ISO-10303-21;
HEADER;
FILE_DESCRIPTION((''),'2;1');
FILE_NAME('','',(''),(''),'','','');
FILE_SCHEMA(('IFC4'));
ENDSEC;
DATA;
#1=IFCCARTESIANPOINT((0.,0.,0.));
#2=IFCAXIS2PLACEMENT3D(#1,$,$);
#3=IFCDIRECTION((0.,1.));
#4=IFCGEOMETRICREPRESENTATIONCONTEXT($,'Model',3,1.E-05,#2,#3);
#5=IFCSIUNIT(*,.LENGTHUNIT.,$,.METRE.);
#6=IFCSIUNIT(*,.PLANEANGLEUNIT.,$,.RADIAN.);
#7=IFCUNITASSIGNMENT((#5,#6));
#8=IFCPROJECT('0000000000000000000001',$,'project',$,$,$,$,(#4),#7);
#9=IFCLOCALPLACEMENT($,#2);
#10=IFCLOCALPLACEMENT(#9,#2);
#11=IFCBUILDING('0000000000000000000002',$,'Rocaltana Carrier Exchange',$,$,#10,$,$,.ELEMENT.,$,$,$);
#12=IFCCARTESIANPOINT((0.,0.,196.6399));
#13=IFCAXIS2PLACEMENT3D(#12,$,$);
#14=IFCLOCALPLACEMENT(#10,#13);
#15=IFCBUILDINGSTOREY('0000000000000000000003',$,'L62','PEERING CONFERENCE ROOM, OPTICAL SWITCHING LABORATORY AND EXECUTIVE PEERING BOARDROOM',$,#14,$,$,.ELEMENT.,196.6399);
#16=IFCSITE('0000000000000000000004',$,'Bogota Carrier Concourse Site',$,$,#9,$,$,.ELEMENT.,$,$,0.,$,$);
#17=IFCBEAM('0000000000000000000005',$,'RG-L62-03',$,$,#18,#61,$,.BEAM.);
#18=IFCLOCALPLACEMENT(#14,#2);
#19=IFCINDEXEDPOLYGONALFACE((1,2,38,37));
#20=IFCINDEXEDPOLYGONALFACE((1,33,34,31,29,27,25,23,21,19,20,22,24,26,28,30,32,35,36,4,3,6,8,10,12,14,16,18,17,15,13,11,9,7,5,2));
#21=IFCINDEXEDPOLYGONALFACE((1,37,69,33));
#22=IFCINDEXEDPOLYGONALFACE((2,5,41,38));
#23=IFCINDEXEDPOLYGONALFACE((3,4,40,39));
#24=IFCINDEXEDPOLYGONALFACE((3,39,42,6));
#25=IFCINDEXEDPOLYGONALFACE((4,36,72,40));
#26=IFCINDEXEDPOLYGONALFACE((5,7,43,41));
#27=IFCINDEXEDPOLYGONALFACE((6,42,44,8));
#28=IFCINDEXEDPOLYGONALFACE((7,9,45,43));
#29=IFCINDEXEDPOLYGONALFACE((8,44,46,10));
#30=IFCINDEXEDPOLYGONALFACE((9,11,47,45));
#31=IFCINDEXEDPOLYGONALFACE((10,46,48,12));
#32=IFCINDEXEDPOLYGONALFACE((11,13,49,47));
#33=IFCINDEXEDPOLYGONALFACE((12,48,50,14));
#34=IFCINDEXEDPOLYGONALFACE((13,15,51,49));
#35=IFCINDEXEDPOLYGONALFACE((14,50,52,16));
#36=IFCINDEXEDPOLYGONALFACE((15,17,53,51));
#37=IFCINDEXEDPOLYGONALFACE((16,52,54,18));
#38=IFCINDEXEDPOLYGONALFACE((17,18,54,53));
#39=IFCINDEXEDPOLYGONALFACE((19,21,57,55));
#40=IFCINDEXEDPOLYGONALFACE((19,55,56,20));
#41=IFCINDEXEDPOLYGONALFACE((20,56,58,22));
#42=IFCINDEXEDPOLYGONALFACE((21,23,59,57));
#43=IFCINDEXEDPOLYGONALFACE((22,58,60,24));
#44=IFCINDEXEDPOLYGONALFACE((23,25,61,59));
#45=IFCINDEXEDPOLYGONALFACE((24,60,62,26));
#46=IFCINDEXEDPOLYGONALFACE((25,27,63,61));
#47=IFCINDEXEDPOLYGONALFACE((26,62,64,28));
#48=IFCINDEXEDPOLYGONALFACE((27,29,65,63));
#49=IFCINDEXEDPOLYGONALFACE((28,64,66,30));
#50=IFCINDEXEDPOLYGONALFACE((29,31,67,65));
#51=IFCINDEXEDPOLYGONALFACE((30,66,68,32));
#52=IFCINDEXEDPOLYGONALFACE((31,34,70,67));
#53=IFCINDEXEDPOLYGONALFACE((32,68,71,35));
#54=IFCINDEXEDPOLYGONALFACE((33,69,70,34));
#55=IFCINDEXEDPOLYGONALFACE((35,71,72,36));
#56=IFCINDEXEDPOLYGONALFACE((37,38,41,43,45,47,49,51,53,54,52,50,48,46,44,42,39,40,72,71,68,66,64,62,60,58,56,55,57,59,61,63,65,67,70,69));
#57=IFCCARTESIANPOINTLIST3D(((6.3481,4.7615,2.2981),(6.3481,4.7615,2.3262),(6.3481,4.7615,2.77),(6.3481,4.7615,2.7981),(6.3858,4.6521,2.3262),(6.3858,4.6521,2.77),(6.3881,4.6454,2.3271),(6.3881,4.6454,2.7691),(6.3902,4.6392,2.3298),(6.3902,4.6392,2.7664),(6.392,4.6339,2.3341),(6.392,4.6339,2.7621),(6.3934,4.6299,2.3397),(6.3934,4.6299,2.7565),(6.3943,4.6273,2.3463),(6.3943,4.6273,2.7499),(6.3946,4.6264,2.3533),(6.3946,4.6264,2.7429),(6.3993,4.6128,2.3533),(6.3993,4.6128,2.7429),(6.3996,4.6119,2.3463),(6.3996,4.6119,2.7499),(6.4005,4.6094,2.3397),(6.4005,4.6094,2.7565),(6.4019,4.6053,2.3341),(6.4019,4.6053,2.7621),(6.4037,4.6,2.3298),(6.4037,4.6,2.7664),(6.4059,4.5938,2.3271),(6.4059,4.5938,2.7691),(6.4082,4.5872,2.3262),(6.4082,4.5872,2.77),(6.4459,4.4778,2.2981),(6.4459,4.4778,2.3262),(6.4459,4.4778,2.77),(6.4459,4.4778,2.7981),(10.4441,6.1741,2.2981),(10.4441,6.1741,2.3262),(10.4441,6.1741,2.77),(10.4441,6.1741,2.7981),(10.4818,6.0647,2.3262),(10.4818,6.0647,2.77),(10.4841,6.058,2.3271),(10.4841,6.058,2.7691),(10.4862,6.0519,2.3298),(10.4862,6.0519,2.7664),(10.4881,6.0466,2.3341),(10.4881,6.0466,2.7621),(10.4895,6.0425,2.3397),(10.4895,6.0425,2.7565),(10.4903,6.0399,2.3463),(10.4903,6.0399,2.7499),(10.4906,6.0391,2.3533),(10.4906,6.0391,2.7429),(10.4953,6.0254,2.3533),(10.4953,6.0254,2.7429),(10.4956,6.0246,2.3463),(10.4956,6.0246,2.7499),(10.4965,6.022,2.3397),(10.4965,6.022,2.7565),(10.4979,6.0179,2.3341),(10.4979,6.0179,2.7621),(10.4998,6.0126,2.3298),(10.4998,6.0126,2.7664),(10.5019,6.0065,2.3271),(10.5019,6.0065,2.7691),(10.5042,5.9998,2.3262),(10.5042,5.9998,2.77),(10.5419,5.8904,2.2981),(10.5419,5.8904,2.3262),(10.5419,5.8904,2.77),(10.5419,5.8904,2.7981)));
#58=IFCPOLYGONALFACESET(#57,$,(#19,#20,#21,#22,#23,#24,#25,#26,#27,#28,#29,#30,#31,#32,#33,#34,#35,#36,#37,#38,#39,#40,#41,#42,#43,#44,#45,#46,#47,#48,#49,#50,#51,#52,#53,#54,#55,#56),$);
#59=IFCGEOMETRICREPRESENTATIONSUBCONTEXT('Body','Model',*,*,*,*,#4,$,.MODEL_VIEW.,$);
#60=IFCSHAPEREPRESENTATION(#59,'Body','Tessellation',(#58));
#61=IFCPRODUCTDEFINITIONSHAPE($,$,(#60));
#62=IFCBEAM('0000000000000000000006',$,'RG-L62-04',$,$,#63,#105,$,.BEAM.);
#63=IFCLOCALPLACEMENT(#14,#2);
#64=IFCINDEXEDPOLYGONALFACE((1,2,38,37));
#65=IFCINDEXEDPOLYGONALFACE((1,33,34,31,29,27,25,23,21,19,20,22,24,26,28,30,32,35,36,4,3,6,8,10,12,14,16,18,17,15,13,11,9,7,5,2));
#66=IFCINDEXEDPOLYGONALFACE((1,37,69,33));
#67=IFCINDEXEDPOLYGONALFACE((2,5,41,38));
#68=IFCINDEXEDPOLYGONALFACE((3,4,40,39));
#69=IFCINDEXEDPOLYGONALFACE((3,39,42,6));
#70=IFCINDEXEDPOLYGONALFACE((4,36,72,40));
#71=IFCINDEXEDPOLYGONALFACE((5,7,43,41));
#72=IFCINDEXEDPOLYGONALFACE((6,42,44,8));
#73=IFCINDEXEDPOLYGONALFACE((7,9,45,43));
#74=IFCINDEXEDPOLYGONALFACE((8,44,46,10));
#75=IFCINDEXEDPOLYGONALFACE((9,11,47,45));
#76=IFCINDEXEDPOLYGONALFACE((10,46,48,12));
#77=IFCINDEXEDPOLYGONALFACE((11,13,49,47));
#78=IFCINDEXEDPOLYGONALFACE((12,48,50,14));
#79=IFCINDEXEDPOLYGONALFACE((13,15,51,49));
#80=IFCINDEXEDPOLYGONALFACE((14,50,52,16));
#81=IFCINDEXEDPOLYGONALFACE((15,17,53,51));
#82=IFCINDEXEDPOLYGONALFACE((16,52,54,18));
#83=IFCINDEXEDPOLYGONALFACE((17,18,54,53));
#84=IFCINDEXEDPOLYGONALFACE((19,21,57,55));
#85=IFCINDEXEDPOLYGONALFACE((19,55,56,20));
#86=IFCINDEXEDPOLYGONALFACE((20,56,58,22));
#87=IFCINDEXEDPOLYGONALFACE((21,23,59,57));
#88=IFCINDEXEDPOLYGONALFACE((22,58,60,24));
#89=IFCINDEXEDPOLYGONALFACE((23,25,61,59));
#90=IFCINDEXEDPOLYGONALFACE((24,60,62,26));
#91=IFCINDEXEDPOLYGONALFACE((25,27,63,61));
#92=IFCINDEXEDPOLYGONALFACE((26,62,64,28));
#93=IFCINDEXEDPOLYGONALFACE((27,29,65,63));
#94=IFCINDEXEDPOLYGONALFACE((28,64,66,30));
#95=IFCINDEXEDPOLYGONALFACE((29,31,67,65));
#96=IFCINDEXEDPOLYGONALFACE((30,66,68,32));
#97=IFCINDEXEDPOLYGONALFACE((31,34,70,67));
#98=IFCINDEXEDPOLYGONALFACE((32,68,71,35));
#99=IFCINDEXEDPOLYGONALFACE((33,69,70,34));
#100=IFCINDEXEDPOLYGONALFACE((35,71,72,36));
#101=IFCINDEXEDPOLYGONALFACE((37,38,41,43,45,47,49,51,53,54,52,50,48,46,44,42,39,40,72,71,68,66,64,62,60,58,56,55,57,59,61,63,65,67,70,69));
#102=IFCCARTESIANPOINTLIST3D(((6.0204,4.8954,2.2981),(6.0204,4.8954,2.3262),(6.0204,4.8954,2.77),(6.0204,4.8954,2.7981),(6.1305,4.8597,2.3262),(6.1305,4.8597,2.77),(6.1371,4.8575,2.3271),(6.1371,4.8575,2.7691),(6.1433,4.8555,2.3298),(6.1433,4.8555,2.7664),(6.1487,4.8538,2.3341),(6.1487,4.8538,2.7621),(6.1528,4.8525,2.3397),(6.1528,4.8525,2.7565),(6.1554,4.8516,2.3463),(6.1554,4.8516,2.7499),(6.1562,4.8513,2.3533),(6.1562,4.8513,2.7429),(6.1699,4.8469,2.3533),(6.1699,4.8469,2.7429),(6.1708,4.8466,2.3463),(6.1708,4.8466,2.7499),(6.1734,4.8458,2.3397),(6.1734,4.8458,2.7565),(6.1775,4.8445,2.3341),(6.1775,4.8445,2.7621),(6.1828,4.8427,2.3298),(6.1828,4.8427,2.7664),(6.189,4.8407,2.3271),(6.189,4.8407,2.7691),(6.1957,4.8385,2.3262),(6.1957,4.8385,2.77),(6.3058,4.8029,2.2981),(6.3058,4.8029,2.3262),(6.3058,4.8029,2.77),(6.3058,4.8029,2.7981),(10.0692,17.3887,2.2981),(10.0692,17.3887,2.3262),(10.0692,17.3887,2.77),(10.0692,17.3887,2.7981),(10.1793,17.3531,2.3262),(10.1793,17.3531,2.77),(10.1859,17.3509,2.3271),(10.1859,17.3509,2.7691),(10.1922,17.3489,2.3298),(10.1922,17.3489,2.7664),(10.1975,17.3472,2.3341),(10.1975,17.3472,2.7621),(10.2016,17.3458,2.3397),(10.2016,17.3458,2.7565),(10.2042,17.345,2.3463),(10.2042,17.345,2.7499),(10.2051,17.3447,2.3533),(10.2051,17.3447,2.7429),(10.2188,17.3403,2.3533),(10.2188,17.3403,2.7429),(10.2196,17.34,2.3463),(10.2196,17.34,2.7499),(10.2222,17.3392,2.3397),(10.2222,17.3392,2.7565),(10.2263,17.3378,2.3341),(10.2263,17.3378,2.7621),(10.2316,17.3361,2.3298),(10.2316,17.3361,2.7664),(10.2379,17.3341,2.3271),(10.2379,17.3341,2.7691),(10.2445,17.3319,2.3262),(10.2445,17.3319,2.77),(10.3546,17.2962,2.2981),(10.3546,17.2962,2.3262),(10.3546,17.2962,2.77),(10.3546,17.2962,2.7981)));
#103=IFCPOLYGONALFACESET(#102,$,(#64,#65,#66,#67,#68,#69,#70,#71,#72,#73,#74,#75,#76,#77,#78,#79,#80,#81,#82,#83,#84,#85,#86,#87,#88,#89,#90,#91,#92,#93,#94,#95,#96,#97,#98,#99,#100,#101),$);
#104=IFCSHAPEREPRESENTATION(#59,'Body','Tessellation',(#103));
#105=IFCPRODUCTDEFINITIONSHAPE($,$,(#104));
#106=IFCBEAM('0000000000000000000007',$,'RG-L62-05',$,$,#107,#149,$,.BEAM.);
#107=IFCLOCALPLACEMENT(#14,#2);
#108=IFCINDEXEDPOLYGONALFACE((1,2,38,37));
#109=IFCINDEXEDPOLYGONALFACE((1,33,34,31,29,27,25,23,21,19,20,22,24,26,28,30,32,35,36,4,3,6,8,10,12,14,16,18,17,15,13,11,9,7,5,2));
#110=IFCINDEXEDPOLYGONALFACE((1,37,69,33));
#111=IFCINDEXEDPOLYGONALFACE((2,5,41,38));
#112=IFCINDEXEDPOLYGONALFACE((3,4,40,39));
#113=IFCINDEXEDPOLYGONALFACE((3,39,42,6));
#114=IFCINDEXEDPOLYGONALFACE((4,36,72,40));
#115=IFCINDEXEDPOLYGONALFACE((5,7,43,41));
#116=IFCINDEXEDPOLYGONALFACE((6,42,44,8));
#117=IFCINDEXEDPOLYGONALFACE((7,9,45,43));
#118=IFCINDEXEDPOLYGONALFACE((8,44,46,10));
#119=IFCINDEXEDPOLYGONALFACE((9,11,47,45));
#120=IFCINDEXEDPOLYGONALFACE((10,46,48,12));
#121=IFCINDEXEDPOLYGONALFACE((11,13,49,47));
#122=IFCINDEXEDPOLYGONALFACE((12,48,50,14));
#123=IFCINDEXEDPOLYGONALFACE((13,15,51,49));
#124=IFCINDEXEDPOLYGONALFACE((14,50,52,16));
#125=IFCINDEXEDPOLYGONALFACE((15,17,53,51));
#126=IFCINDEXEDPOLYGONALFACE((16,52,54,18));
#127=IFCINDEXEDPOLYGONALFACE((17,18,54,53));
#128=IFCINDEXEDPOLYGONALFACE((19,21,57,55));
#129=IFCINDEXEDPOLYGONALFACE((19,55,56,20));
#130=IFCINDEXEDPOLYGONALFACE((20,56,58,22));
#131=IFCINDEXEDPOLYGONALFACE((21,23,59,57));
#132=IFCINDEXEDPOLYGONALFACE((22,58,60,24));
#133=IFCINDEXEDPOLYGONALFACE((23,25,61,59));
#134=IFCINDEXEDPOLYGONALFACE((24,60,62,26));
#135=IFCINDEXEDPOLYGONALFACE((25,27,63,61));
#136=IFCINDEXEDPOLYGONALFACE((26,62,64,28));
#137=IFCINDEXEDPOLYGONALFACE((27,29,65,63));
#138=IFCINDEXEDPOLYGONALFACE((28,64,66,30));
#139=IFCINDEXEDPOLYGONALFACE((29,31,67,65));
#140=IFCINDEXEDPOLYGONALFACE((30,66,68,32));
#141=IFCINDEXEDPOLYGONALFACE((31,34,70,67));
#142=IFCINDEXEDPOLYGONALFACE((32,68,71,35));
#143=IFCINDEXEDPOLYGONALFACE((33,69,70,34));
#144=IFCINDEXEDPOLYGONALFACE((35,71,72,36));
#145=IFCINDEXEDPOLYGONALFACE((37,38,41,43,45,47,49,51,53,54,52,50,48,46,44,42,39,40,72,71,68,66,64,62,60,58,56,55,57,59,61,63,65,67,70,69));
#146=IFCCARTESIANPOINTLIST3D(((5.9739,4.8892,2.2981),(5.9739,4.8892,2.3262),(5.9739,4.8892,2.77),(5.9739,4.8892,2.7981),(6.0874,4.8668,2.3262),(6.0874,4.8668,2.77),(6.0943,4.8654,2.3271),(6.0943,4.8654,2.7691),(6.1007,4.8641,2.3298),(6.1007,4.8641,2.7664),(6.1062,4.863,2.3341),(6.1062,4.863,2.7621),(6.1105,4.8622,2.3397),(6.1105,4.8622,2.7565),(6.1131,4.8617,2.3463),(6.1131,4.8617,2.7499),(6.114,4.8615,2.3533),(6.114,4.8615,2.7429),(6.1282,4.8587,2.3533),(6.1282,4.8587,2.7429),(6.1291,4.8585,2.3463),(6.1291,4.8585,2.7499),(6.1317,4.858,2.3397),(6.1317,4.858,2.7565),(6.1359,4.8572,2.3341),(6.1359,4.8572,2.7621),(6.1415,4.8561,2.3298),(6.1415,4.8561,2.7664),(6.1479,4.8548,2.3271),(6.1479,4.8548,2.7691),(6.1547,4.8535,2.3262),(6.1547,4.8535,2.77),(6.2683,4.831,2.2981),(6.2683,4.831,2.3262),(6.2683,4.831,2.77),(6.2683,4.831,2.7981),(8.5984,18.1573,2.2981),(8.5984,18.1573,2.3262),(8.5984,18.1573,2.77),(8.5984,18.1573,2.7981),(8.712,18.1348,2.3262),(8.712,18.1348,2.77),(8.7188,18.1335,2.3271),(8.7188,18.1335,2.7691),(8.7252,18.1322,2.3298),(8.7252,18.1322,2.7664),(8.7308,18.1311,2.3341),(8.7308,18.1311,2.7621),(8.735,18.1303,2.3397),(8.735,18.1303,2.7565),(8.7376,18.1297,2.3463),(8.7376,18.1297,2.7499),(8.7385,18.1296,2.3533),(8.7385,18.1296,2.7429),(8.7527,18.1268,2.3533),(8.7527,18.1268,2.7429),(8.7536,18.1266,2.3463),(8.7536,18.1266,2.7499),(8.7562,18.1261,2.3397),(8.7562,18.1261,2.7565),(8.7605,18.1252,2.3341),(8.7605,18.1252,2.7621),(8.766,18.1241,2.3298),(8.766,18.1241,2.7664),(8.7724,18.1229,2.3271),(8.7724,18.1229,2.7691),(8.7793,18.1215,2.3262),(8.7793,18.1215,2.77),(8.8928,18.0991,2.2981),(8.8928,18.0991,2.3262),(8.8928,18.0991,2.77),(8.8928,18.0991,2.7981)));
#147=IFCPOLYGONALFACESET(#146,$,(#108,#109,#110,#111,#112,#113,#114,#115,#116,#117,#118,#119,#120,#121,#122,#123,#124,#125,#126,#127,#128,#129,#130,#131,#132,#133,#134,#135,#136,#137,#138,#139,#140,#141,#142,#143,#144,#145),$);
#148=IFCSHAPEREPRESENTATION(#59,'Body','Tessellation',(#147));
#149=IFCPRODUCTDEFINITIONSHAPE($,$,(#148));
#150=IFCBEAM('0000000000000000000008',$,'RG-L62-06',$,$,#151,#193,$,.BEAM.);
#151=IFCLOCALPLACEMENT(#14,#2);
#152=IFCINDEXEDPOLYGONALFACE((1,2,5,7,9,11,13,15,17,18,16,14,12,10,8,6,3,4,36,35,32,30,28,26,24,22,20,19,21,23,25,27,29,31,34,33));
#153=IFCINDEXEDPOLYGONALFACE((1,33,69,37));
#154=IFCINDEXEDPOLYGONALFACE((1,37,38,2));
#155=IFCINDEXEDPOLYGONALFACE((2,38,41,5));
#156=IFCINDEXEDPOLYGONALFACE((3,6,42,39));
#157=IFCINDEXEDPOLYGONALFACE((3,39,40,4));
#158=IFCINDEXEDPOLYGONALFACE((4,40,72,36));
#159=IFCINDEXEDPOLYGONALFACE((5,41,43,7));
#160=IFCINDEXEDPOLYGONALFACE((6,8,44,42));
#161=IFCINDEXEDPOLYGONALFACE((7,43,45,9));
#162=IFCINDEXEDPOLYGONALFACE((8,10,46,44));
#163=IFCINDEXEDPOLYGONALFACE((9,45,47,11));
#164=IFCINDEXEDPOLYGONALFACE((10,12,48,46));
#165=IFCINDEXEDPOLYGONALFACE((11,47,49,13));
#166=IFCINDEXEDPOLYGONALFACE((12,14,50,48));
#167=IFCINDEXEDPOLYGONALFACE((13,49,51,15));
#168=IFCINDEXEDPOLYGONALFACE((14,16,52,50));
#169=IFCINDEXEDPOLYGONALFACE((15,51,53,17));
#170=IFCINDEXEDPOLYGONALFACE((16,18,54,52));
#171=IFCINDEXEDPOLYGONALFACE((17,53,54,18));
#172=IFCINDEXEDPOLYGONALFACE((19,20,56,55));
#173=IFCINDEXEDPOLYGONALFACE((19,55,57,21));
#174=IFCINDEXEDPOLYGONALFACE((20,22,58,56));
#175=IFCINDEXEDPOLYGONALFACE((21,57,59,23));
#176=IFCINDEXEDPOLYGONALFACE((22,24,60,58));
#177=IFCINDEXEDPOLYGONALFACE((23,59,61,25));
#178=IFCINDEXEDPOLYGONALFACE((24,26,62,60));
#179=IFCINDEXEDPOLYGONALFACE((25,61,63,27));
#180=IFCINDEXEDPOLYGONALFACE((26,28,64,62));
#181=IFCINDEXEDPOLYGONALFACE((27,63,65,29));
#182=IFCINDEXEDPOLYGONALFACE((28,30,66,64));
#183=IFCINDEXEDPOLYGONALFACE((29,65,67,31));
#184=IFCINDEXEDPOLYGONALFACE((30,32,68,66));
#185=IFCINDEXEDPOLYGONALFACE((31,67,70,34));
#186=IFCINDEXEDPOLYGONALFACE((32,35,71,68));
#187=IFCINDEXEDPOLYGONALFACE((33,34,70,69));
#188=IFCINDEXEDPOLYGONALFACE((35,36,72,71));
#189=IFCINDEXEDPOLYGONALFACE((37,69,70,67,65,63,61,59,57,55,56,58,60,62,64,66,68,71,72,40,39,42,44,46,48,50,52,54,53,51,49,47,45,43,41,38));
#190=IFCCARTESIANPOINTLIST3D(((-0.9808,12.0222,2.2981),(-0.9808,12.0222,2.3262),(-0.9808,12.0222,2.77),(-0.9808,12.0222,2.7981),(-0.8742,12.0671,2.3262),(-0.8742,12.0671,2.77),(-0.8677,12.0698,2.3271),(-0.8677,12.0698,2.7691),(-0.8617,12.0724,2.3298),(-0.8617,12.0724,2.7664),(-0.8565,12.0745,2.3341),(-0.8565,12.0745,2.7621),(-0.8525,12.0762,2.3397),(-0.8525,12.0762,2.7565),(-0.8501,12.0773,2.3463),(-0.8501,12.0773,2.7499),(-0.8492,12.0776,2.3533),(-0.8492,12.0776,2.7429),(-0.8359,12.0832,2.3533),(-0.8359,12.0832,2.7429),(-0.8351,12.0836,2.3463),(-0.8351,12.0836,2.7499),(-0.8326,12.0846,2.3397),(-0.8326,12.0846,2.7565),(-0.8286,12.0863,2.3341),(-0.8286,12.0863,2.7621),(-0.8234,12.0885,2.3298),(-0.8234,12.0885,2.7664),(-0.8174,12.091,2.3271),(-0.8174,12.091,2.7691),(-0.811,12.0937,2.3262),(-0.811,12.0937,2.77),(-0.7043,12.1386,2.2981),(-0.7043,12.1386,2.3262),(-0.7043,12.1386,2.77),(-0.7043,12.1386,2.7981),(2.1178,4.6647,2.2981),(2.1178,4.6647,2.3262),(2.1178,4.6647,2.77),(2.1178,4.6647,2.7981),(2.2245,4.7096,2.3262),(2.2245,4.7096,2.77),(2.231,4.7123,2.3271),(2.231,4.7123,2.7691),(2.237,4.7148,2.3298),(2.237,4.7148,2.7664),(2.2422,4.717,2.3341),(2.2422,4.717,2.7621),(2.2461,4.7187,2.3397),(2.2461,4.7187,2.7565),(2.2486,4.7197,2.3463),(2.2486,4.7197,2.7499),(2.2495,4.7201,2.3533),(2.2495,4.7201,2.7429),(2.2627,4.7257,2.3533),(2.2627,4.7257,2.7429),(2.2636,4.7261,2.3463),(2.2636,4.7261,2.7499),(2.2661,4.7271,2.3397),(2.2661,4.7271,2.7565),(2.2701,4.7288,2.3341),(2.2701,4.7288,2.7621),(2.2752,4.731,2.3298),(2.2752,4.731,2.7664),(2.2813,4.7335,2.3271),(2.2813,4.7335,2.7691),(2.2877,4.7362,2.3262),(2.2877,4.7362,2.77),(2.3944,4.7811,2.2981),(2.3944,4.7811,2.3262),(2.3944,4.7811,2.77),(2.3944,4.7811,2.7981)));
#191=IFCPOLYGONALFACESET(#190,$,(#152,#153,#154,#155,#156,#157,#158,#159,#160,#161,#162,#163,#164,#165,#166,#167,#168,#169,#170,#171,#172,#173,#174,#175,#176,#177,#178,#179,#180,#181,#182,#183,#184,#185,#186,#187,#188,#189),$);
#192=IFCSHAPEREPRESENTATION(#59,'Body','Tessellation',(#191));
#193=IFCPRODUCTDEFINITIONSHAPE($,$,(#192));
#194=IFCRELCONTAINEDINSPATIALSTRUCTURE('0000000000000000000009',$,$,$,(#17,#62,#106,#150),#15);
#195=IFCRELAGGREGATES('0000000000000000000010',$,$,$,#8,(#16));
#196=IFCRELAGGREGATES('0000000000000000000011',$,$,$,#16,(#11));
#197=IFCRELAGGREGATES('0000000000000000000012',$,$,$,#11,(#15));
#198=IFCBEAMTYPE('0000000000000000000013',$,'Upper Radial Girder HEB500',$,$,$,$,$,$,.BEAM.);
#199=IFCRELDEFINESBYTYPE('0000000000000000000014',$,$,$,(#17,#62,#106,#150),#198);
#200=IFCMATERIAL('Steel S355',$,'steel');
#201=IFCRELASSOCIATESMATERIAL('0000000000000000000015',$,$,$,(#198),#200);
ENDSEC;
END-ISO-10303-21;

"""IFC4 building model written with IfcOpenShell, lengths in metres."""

from ifc_helpers import new_model, si_unit, direction, frame, origin, origin_2d, place, context, subcontext, project, spatial, i_section, extrude, material, material_profile, profile_set, type_object, element, save


model = new_model("IFC4")

# Units and contexts
model_context = context("Model", 3, precision=1e-05, world=origin(), true_north=direction((0.0, 1.0)))
body_context = subcontext(model_context, "Body", "Model", "MODEL_VIEW")
ifc_project = project(units=[si_unit("LENGTHUNIT", "METRE"), si_unit("PLANEANGLEUNIT", "RADIAN")], contexts=[model_context])

# Site, building, storey
site_placement = place(None, origin())
site = spatial("IfcSite", under=ifc_project, at=site_placement, Name="Bogota Carrier Concourse Site", CompositionType="ELEMENT", RefElevation=0.0)
building_placement = place(site_placement, origin())
building = spatial("IfcBuilding", under=site, at=building_placement, Name="Rocaltana Carrier Exchange", CompositionType="ELEMENT")
storey_placement = place(building_placement, frame((0.0, 0.0, 196.6399)))
storey = spatial("IfcBuildingStorey", under=building, at=storey_placement, Name="L62", Description="PEERING CONFERENCE ROOM, OPTICAL SWITCHING LABORATORY AND EXECUTIVE PEERING BOARDROOM", CompositionType="ELEMENT", Elevation=196.6399)

# Beams
ifc_material_1 = material(Name="Steel S355", Category="steel")
ifc_material_profile_1 = material_profile(ifc_material_1, i_section(OverallWidth=0.3, OverallDepth=0.5, WebThickness=0.0144, FlangeThickness=0.0281, FilletRadius=0.0271, at=origin_2d()), Name="HEB500")
ifc_profile_set_1 = profile_set([ifc_material_profile_1], Name="Steel S355")
beam_type_1 = type_object("IfcBeamType", Name="Upper Radial Girder HEB500", PredefinedType="BEAM", material=ifc_profile_set_1)
beam_1_placement = place(storey_placement, frame((6.397, 4.6196, 2.5481), z_axis=(0.945359, 0.326032, 0.0), x_axis=(-0.326032, 0.945359, 0.0)))
element("IfcBeam", 1, at=beam_1_placement, inside=storey, type_object=beam_type_1, Name="RG-L62-03", PredefinedType="BEAM", context=body_context, shape_type="SweptSolid", body=[
    extrude(i_section(OverallWidth=0.3, OverallDepth=0.5, WebThickness=0.0144, FlangeThickness=0.0281, FilletRadius=0.0271, at=origin_2d()), origin(), (0.0, 0.0, 1.0), 4.3328),
])
beam_2_placement = place(storey_placement, frame((6.1631, 4.8491, 2.5481), z_axis=(0.308292, 0.951292, 0.0), x_axis=(-0.951292, 0.308292, 0.0)))
element("IfcBeam", 2, at=beam_2_placement, inside=storey, type_object=beam_type_1, Name="RG-L62-04", PredefinedType="BEAM", context=body_context, shape_type="SweptSolid", body=[
    extrude(i_section(OverallWidth=0.3, OverallDepth=0.5, WebThickness=0.0144, FlangeThickness=0.0281, FilletRadius=0.0271, at=origin_2d()), origin(), (0.0, 0.0, 1.0), 13.1331),
])
beam_3_placement = place(storey_placement, frame((6.1211, 4.8601, 2.5481), z_axis=(0.194047, 0.980992, 0.0), x_axis=(-0.980992, 0.194047, 0.0)))
element("IfcBeam", 3, at=beam_3_placement, inside=storey, type_object=beam_type_1, Name="RG-L62-05", PredefinedType="BEAM", context=body_context, shape_type="SweptSolid", body=[
    extrude(i_section(OverallWidth=0.3, OverallDepth=0.5, WebThickness=0.0144, FlangeThickness=0.0281, FilletRadius=0.0271, at=origin_2d()), origin(), (0.0, 0.0, 1.0), 13.5251),
])
beam_4_placement = place(storey_placement, frame((2.2561, 4.7229, 2.5481), z_axis=(-0.388139, 0.921601, 0.0), x_axis=(-0.921601, -0.388139, 0.0)))
element("IfcBeam", 4, at=beam_4_placement, inside=storey, type_object=beam_type_1, Name="RG-L62-06", PredefinedType="BEAM", context=body_context, shape_type="SweptSolid", body=[
    extrude(i_section(OverallWidth=0.3, OverallDepth=0.5, WebThickness=0.0144, FlangeThickness=0.0281, FilletRadius=0.0271, at=origin_2d()), origin(), (0.0, 0.0, 1.0), 7.9834),
])

save(model, "model.ifc")
